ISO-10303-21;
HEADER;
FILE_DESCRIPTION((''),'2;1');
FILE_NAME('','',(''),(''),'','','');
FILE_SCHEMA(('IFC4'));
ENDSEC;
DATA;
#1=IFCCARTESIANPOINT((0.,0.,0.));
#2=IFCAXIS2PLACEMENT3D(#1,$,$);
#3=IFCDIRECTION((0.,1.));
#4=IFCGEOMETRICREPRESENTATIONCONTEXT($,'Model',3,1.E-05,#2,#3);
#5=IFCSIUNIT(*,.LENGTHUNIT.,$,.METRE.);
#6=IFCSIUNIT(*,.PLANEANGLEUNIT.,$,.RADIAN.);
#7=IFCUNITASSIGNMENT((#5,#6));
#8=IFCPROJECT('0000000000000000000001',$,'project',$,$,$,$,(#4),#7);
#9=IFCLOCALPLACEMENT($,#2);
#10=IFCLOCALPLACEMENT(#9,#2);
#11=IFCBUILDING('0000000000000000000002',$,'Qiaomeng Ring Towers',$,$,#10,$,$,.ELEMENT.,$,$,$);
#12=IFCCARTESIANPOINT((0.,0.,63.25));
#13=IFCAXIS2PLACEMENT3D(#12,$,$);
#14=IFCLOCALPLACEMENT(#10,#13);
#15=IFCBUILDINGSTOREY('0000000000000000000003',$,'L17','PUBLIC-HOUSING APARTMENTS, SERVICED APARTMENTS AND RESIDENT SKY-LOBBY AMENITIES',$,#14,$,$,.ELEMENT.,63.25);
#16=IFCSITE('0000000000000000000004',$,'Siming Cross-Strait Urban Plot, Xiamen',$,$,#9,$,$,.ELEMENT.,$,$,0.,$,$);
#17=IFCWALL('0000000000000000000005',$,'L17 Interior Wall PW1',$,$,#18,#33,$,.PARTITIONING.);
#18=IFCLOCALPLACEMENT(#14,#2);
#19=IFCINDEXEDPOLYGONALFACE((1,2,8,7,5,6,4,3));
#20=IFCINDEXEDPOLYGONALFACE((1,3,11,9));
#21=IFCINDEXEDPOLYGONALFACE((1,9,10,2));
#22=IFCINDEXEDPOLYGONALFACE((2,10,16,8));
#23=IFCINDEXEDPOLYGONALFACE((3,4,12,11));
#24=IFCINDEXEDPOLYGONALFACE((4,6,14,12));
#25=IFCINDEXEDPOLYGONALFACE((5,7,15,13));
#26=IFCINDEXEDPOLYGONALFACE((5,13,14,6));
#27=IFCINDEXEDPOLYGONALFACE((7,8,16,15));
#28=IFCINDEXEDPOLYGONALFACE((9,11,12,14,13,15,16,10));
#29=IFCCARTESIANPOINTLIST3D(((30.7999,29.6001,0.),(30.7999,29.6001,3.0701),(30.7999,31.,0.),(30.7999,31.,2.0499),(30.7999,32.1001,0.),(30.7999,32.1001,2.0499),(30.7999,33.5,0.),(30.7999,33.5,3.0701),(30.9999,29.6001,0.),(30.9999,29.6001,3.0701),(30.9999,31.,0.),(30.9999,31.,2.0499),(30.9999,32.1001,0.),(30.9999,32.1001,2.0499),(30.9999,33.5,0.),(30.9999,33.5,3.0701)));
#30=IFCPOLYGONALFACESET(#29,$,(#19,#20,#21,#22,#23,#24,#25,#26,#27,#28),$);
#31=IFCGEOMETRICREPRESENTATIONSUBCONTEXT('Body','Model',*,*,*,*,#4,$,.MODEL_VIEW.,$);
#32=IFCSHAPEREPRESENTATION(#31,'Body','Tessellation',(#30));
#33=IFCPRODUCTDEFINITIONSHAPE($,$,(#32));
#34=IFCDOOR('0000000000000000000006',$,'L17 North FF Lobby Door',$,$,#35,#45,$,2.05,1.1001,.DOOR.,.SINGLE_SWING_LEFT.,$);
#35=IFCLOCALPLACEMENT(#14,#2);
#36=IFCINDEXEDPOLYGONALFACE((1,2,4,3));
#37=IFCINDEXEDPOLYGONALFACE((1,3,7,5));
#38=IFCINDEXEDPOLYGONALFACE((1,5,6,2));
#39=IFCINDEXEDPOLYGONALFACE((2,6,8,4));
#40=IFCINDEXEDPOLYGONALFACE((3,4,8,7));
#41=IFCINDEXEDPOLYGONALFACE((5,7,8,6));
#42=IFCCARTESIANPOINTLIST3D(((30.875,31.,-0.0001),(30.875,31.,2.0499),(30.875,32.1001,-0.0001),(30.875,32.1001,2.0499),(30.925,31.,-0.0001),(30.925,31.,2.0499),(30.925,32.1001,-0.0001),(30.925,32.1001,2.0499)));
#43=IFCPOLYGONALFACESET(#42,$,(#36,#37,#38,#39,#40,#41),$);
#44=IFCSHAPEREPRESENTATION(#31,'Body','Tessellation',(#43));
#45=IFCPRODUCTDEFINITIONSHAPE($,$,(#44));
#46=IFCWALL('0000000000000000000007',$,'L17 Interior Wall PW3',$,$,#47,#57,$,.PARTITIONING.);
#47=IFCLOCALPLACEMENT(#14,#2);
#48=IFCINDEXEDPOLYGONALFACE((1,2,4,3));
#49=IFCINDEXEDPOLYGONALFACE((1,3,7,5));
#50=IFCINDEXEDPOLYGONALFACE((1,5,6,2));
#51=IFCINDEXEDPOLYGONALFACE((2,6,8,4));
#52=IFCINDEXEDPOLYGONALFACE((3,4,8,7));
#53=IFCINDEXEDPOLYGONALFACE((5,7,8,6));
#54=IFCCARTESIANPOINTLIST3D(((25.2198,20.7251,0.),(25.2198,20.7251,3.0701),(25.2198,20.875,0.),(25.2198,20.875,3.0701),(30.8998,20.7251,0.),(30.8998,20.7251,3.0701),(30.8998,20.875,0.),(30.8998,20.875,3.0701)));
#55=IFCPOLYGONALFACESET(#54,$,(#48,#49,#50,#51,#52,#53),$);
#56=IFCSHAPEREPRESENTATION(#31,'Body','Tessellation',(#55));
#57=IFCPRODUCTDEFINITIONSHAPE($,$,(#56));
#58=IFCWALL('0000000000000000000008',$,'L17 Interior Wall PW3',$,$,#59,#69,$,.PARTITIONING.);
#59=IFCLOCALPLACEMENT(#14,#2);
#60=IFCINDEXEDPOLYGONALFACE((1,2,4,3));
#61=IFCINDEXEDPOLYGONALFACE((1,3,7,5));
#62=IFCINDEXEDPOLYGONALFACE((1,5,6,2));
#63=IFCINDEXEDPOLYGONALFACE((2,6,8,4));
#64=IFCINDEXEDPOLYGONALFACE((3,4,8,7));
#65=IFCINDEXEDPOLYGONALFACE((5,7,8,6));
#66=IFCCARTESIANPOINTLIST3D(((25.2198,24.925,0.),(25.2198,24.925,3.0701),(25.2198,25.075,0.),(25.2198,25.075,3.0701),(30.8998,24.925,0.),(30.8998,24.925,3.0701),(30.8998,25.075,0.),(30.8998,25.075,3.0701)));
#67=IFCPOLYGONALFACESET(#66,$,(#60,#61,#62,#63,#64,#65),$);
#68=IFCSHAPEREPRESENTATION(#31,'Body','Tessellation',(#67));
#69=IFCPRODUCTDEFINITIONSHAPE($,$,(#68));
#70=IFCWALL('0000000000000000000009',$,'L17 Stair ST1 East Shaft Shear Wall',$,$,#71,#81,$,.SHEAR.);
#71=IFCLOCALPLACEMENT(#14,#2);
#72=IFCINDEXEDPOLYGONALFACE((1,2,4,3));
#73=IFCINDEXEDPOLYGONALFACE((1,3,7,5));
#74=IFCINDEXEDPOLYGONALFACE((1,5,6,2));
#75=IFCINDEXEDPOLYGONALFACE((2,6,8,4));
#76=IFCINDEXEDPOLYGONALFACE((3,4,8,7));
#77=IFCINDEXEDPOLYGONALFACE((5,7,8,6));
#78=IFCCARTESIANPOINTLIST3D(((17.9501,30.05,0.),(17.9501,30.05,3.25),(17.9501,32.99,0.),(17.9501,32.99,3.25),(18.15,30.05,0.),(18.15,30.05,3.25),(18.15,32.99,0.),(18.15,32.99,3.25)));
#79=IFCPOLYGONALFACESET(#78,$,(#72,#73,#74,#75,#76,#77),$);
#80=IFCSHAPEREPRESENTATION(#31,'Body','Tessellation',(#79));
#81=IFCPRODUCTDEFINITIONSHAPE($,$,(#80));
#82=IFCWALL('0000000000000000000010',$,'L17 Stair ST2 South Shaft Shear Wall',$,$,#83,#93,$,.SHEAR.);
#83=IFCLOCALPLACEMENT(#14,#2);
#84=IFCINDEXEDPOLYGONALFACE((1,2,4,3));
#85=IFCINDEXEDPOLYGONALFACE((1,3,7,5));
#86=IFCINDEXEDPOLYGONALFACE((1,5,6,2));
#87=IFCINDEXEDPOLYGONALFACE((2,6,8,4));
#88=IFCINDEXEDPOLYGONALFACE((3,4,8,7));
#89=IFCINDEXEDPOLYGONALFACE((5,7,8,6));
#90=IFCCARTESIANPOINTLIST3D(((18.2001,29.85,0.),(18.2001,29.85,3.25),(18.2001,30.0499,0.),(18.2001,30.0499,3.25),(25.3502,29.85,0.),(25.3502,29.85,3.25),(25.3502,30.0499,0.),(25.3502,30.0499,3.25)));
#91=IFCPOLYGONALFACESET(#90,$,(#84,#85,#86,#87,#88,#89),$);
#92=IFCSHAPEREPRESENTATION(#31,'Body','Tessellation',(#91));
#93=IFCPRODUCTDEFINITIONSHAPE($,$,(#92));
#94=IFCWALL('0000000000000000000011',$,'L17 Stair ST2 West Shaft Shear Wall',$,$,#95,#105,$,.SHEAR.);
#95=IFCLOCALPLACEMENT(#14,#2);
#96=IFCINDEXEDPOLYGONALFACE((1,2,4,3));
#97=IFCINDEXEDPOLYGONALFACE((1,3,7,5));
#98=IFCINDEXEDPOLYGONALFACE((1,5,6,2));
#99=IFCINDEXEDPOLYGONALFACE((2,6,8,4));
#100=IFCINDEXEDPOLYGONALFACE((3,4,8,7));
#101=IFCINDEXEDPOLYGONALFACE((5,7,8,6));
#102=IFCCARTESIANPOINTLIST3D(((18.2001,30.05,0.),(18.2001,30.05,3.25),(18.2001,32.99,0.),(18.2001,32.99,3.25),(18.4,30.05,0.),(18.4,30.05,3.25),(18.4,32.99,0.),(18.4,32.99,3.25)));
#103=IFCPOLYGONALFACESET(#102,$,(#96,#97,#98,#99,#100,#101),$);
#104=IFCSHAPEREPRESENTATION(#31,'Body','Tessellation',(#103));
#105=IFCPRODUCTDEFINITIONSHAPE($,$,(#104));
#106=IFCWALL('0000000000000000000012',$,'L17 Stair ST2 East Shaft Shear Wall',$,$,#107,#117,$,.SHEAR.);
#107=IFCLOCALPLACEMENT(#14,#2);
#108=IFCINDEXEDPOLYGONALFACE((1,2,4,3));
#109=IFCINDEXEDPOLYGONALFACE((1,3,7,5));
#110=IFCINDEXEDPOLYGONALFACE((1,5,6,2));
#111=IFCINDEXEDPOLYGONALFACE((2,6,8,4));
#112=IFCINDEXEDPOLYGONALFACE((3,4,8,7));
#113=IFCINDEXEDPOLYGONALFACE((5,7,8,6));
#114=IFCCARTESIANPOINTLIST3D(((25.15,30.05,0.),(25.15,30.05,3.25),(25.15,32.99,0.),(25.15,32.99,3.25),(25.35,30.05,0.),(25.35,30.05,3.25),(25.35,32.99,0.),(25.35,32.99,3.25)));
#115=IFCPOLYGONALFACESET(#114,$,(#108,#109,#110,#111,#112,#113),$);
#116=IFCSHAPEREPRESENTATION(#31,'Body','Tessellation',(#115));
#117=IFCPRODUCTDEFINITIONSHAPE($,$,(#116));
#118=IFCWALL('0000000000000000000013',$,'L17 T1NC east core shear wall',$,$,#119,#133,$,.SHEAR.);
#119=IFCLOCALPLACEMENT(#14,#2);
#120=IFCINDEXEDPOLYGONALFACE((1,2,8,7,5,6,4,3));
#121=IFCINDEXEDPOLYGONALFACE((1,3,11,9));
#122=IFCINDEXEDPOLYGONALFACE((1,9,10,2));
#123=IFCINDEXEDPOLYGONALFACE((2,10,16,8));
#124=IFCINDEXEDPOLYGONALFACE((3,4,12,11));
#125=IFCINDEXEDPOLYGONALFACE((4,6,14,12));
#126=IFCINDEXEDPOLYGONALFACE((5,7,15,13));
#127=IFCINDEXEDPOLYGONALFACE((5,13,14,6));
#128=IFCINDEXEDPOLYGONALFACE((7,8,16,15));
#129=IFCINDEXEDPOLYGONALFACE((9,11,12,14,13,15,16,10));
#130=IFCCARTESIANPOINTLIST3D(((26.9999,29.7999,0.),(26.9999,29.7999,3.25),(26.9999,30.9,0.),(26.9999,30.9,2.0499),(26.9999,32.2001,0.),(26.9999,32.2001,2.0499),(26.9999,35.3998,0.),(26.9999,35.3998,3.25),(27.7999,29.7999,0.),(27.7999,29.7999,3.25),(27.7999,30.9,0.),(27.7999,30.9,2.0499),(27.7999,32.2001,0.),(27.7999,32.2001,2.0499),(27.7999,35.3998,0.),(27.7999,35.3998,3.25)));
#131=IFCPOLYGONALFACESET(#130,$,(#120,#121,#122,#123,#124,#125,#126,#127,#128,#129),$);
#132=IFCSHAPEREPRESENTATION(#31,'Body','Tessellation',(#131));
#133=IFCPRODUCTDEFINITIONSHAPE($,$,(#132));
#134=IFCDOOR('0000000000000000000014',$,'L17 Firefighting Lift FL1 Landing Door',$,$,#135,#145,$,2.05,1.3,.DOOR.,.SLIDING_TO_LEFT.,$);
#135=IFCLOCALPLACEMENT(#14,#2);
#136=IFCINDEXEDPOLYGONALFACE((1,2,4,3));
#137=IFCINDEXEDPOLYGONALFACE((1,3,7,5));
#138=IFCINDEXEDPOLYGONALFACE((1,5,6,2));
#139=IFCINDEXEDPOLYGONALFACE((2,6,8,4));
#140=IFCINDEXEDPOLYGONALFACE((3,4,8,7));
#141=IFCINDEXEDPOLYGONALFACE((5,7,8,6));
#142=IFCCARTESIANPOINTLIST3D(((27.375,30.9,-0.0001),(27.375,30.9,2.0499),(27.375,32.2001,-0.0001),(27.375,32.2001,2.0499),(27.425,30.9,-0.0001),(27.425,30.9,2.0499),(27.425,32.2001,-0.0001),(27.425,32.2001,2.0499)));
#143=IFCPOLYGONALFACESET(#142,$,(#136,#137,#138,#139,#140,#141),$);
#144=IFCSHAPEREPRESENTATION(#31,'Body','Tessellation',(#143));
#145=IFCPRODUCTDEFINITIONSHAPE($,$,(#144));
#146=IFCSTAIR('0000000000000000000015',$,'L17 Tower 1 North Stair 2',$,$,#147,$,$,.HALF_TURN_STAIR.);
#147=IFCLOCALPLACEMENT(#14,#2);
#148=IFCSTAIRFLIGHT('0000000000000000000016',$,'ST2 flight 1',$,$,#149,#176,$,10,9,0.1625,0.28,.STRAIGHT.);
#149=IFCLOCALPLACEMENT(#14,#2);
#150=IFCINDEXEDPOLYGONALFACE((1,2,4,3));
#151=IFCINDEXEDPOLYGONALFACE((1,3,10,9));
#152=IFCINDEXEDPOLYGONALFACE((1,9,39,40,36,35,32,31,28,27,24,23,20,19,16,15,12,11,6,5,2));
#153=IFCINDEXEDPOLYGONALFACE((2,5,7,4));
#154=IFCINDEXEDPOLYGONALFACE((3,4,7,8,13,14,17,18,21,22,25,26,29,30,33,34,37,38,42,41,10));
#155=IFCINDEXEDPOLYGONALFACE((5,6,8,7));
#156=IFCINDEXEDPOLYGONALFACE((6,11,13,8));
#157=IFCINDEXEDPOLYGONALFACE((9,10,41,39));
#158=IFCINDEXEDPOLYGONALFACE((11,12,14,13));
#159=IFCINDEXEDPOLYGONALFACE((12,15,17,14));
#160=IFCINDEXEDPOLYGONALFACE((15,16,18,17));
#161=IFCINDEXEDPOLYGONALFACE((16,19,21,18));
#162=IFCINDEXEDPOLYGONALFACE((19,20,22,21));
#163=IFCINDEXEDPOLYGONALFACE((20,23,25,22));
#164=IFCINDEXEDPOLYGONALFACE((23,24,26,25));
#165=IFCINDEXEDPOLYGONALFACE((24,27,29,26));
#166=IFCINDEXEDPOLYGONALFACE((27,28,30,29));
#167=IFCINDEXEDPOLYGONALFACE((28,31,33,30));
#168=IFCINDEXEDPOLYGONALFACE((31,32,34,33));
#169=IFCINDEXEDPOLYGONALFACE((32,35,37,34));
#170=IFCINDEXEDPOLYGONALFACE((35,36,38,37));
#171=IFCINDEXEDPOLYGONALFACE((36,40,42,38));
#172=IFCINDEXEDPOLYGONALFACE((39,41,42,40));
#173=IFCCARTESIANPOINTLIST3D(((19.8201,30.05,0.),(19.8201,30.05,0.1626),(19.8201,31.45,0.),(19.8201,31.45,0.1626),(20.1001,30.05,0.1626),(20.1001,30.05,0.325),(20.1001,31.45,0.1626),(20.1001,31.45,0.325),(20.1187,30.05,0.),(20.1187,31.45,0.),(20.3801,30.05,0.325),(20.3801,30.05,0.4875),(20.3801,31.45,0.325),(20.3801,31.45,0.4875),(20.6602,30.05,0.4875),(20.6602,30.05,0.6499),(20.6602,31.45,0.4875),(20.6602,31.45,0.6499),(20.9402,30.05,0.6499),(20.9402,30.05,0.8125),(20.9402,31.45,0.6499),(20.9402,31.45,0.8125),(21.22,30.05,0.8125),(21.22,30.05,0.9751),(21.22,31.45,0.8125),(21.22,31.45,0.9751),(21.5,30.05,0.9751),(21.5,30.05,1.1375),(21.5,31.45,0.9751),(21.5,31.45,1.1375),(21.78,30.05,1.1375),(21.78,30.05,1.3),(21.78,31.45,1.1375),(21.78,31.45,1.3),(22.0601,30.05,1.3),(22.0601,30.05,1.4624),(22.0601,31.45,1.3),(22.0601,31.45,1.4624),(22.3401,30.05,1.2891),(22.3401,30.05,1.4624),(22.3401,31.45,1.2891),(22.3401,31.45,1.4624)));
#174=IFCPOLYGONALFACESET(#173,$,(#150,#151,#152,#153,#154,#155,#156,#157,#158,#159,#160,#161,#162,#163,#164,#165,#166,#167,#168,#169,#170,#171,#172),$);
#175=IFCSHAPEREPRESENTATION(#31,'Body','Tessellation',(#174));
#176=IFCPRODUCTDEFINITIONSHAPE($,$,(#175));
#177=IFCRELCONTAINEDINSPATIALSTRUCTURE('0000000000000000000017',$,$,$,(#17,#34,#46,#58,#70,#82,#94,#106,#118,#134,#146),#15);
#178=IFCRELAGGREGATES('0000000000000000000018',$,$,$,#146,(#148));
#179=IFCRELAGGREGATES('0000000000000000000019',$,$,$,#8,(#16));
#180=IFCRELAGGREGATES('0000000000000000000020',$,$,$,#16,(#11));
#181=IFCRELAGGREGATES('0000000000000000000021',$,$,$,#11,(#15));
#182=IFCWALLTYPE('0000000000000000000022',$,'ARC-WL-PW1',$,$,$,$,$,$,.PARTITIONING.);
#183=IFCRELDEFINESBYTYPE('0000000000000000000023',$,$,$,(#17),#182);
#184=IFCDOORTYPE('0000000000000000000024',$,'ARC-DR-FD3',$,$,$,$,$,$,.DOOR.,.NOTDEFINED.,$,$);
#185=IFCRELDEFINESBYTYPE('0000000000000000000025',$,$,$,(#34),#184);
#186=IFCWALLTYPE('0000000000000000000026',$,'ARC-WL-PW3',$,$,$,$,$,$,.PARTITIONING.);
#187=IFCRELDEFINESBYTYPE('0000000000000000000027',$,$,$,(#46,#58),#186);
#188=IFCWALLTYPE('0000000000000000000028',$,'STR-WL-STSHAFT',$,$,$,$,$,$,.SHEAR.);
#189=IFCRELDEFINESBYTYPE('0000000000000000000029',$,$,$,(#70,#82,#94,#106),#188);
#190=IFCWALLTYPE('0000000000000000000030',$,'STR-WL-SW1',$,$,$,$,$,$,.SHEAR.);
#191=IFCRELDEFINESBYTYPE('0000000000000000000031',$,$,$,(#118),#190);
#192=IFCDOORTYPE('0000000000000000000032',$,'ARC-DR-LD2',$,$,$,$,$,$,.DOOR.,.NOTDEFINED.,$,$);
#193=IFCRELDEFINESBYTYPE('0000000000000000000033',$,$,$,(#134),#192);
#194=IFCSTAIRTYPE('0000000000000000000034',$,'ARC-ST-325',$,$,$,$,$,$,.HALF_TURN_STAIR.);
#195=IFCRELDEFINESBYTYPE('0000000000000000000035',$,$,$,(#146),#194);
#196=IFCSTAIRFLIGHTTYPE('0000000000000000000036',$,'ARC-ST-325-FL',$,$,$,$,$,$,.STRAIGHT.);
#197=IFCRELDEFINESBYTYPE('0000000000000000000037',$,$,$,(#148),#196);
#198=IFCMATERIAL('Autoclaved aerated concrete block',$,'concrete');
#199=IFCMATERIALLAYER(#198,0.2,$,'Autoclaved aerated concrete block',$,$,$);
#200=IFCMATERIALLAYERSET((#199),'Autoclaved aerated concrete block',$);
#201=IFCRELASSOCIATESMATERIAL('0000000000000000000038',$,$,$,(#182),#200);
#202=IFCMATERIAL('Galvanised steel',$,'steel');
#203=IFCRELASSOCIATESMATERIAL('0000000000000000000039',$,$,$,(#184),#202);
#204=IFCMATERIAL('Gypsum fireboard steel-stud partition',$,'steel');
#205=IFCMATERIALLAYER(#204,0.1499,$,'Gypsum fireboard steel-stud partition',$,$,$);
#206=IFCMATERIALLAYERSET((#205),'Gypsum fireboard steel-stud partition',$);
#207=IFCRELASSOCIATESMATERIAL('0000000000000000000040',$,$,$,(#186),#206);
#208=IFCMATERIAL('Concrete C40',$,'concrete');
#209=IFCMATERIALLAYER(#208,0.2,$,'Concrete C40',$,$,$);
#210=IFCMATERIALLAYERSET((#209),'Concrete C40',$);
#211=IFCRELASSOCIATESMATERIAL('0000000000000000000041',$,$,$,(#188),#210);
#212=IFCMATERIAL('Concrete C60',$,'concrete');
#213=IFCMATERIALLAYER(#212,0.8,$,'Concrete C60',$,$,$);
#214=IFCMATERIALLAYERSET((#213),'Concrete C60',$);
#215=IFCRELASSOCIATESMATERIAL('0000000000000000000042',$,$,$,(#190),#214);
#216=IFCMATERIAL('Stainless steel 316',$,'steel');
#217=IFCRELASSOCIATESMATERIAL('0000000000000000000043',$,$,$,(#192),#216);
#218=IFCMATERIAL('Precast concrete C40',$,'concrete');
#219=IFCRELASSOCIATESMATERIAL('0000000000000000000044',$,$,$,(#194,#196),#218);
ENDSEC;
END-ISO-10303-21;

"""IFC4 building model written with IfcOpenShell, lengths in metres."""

from ifc_helpers import new_model, si_unit, direction, frame, frame_2d, origin, place, context, subcontext, project, spatial, polyline, rectangle, outline, extrude, source, transform, mapped, material, layer, layer_set, type_object, element, fill, aggregate, save


model = new_model("IFC4")

# Units and contexts
model_context = context("Model", 3, precision=1e-05, world=origin(), true_north=direction((0.0, 1.0)))
body_context = subcontext(model_context, "Body", "Model", "MODEL_VIEW")
ifc_project = project(units=[si_unit("LENGTHUNIT", "METRE"), si_unit("PLANEANGLEUNIT", "RADIAN")], contexts=[model_context])

# Site, building, storey
site_placement = place(None, origin())
site = spatial("IfcSite", under=ifc_project, at=site_placement, Name="Siming Cross-Strait Urban Plot, Xiamen", CompositionType="ELEMENT", RefElevation=0.0)
building_placement = place(site_placement, origin())
building = spatial("IfcBuilding", under=site, at=building_placement, Name="Qiaomeng Ring Towers", CompositionType="ELEMENT")
storey_placement = place(building_placement, frame((0.0, 0.0, 63.25)))
storey = spatial("IfcBuildingStorey", under=building, at=storey_placement, Name="L17", Description="PUBLIC-HOUSING APARTMENTS, SERVICED APARTMENTS AND RESIDENT SKY-LOBBY AMENITIES", CompositionType="ELEMENT", Elevation=63.25)

# Shared definitions
ifc_material_1 = material(Name="Autoclaved aerated concrete block", Category="concrete")
ifc_layer_1 = layer(ifc_material_1, 0.2, Name="Autoclaved aerated concrete block")
ifc_layer_set_1 = layer_set([ifc_layer_1], Name="Autoclaved aerated concrete block")
wall_type_1 = type_object("IfcWallType", Name="ARC-WL-PW1", PredefinedType="PARTITIONING", material=ifc_layer_set_1)

# Wall, opening, door
wall_1_placement = place(storey_placement, frame((30.8999, 29.6001, 0.0), z_axis=(0.0, 0.0, 1.0), x_axis=(0.0, 1.0, 0.0)))
wall_1 = element("IfcWall", 1, at=wall_1_placement, inside=storey, type_object=wall_type_1, Name="L17 Interior Wall PW1", PredefinedType="PARTITIONING", context=body_context, shape_type="SweptSolid", body=[
    extrude(rectangle(XDim=3.8999, YDim=0.2, at=frame_2d((1.95, 0.0))), origin(), (0.0, 0.0, 1.0), 3.0701),
])
opening_1_placement = place(wall_1_placement, frame((1.3999, 0.0, 0.0)))
opening_1 = element("IfcOpeningElement", 2, at=opening_1_placement, cuts=wall_1, PredefinedType="OPENING", context=body_context, shape_type="SweptSolid", body=[
    extrude(rectangle(XDim=1.1001, YDim=2.05, at=frame_2d((0.55, 1.0249))), frame((0.0, 0.1099, 0.0), z_axis=(0.0, -1.0, 0.0), x_axis=(1.0, 0.0, 0.0)), (0.0, 0.0, 1.0), 0.22),
])
ifc_material_2 = material(Name="Galvanised steel", Category="steel")
door_type_1 = type_object("IfcDoorType", Name="ARC-DR-FD3", OperationType="NOTDEFINED", PredefinedType="DOOR", material=ifc_material_2)
shared_shape_1 = source(origin(), body_context, "Body", "SweptSolid", [
    extrude(rectangle(XDim=1.1001, YDim=2.05, at=frame_2d((0.55, 1.0249))), frame((0.0, 0.0249, 0.0), z_axis=(0.0, -1.0, 0.0), x_axis=(1.0, 0.0, 0.0)), (0.0, 0.0, 1.0), 0.05),
])
door_1_placement = place(opening_1_placement, origin())
door_1 = element("IfcDoor", 3, at=door_1_placement, inside=storey, type_object=door_type_1, Name="L17 North FF Lobby Door", OperationType="SINGLE_SWING_LEFT", OverallHeight=2.05, OverallWidth=1.1001, PredefinedType="DOOR", context=body_context, shape_type="MappedRepresentation", body=[
    mapped(shared_shape_1, transform((0.0, 0.0, 0.0), x_axis=(1.0, 0.0, 0.0), y_axis=(0.0, 1.0, 0.0), z_axis=(0.0, 0.0, 1.0), scale=1.0)),
])
fill(opening_1, door_1)

# Walls
ifc_material_3 = material(Name="Gypsum fireboard steel-stud partition", Category="steel")
ifc_layer_2 = layer(ifc_material_3, 0.1499, Name="Gypsum fireboard steel-stud partition")
ifc_layer_set_2 = layer_set([ifc_layer_2], Name="Gypsum fireboard steel-stud partition")
wall_type_2 = type_object("IfcWallType", Name="ARC-WL-PW3", PredefinedType="PARTITIONING", material=ifc_layer_set_2)
for number, where, z_axis, x_axis, name in (
    (4, (25.22, 20.8, 0.0), (0.0, 0.0, 1.0), (1.0, 0.0, 0.0), "L17 Interior Wall PW3"),
    (5, (25.22, 25.0, 0.0), (0.0, 0.0, 1.0), (1.0, 0.0, 0.0), "L17 Interior Wall PW3"),
):
    element("IfcWall", number, at=place(storey_placement, frame(where, z_axis=z_axis, x_axis=x_axis)), inside=storey, type_object=wall_type_2, Name=name, PredefinedType="PARTITIONING", context=body_context, shape_type="SweptSolid", body=[
        extrude(rectangle(XDim=5.6799, YDim=0.1499, at=frame_2d((2.8398, 0.0))), origin(), (0.0, 0.0, 1.0), 3.0701),
    ])
ifc_material_4 = material(Name="Concrete C40", Category="concrete")
ifc_layer_3 = layer(ifc_material_4, 0.2, Name="Concrete C40")
ifc_layer_set_3 = layer_set([ifc_layer_3], Name="Concrete C40")
wall_type_3 = type_object("IfcWallType", Name="STR-WL-STSHAFT", PredefinedType="SHEAR", material=ifc_layer_set_3)
wall_2_placement = place(storey_placement, frame((18.05, 30.05, 0.0), z_axis=(0.0, 0.0, 1.0), x_axis=(0.0, 1.0, 0.0)))
element("IfcWall", 6, at=wall_2_placement, inside=storey, type_object=wall_type_3, Name="L17 Stair ST1 East Shaft Shear Wall", PredefinedType="SHEAR", context=body_context, shape_type="SweptSolid", body=[
    extrude(rectangle(XDim=2.9399, YDim=0.2, at=frame_2d((1.47, 0.0))), origin(), (0.0, 0.0, 1.0), 3.25),
])
wall_3_placement = place(storey_placement, frame((18.2, 29.95, 0.0), z_axis=(0.0, 0.0, 1.0), x_axis=(1.0, 0.0, 0.0)))
element("IfcWall", 7, at=wall_3_placement, inside=storey, type_object=wall_type_3, Name="L17 Stair ST2 South Shaft Shear Wall", PredefinedType="SHEAR", context=body_context, shape_type="SweptSolid", body=[
    extrude(rectangle(XDim=7.1501, YDim=0.2, at=frame_2d((3.5752, 0.0))), origin(), (0.0, 0.0, 1.0), 3.25),
])
for number, where, z_axis, x_axis, name in (
    (8, (18.3, 30.05, 0.0), (0.0, 0.0, 1.0), (0.0, 1.0, 0.0), "L17 Stair ST2 West Shaft Shear Wall"),
    (9, (25.25, 30.05, 0.0), (0.0, 0.0, 1.0), (0.0, 1.0, 0.0), "L17 Stair ST2 East Shaft Shear Wall"),
):
    element("IfcWall", number, at=place(storey_placement, frame(where, z_axis=z_axis, x_axis=x_axis)), inside=storey, type_object=wall_type_3, Name=name, PredefinedType="SHEAR", context=body_context, shape_type="SweptSolid", body=[
        extrude(rectangle(XDim=2.9399, YDim=0.2, at=frame_2d((1.47, 0.0))), origin(), (0.0, 0.0, 1.0), 3.25),
    ])

# Wall, opening, door
ifc_material_5 = material(Name="Concrete C60", Category="concrete")
ifc_layer_4 = layer(ifc_material_5, 0.8, Name="Concrete C60")
ifc_layer_set_4 = layer_set([ifc_layer_4], Name="Concrete C60")
wall_type_4 = type_object("IfcWallType", Name="STR-WL-SW1", PredefinedType="SHEAR", material=ifc_layer_set_4)
wall_4_placement = place(storey_placement, frame((27.3999, 29.8, 0.0), z_axis=(0.0, 0.0, 1.0), x_axis=(0.0, 1.0, 0.0)))
wall_4 = element("IfcWall", 10, at=wall_4_placement, inside=storey, type_object=wall_type_4, Name="L17 T1NC east core shear wall", PredefinedType="SHEAR", context=body_context, shape_type="SweptSolid", body=[
    extrude(rectangle(XDim=5.5999, YDim=0.8, at=frame_2d((2.7998, 0.0))), origin(), (0.0, 0.0, 1.0), 3.25),
])
opening_2_placement = place(wall_4_placement, frame((1.1001, 0.0, 0.0)))
opening_2 = element("IfcOpeningElement", 11, at=opening_2_placement, cuts=wall_4, PredefinedType="OPENING", context=body_context, shape_type="SweptSolid", body=[
    extrude(rectangle(XDim=1.3, YDim=2.05, at=frame_2d((0.6499, 1.0249))), frame((0.0, 0.4099, 0.0), z_axis=(0.0, -1.0, 0.0), x_axis=(1.0, 0.0, 0.0)), (0.0, 0.0, 1.0), 0.8201),
])
ifc_material_6 = material(Name="Stainless steel 316", Category="steel")
door_type_2 = type_object("IfcDoorType", Name="ARC-DR-LD2", OperationType="NOTDEFINED", PredefinedType="DOOR", material=ifc_material_6)
shared_shape_2 = source(origin(), body_context, "Body", "SweptSolid", [
    extrude(rectangle(XDim=1.3, YDim=2.05, at=frame_2d((0.6499, 1.0249))), frame((0.0, 0.0249, 0.0), z_axis=(0.0, -1.0, 0.0), x_axis=(1.0, 0.0, 0.0)), (0.0, 0.0, 1.0), 0.05),
])
door_2_placement = place(opening_2_placement, origin())
door_2 = element("IfcDoor", 12, at=door_2_placement, inside=storey, type_object=door_type_2, Name="L17 Firefighting Lift FL1 Landing Door", OperationType="SLIDING_TO_LEFT", OverallHeight=2.05, OverallWidth=1.3, PredefinedType="DOOR", context=body_context, shape_type="MappedRepresentation", body=[
    mapped(shared_shape_2, transform((0.0, 0.0, 0.0), x_axis=(1.0, 0.0, 0.0), y_axis=(0.0, 1.0, 0.0), z_axis=(0.0, 0.0, 1.0), scale=1.0)),
])
fill(opening_2, door_2)

# Stair, stair flight
ifc_material_7 = material(Name="Precast concrete C40", Category="concrete")
stair_type = type_object("IfcStairType", Name="ARC-ST-325", PredefinedType="HALF_TURN_STAIR", material=ifc_material_7)
stair_placement = place(storey_placement, origin())
stair = element("IfcStair", 13, at=stair_placement, inside=storey, type_object=stair_type, Name="L17 Tower 1 North Stair 2", PredefinedType="HALF_TURN_STAIR")
stair_flight_type = type_object("IfcStairFlightType", Name="ARC-ST-325-FL", PredefinedType="STRAIGHT", material=ifc_material_7)
shared_shape_3 = source(origin(), body_context, "Body", "SweptSolid", [
    extrude(outline(polyline([(0.0, 0.0), (0.0, 0.1626), (0.28, 0.1626), (0.28, 0.325), (0.5601, 0.325), (0.5601, 0.4875), (0.8401, 0.4875), (0.8401, 0.6499), (1.1201, 0.6499), (1.1201, 0.8125), (1.3999, 0.8125), (1.3999, 0.9751), (1.6799, 0.9751), (1.6799, 1.1375), (1.96, 1.1375), (1.96, 1.3), (2.24, 1.3), (2.24, 1.4624), (2.52, 1.4624), (2.52, 1.625), (2.52, 1.2891), (0.2986, 0.0), (0.0, 0.0)])), frame((0.0, 0.7, 0.0), z_axis=(0.0, -1.0, 0.0), x_axis=(1.0, 0.0, 0.0)), (0.0, 0.0, 1.0), 1.3999),
])
stair_flight_placement = place(storey_placement, frame((19.8201, 30.75, 0.0), z_axis=(0.0, 0.0, 1.0), x_axis=(1.0, 0.0, 0.0)))
stair_flight = element("IfcStairFlight", 14, at=stair_flight_placement, type_object=stair_flight_type, Name="ST2 flight 1", NumberOfRisers=10, NumberOfTreads=9, PredefinedType="STRAIGHT", RiserHeight=0.1625, TreadLength=0.28, context=body_context, shape_type="MappedRepresentation", body=[
    mapped(shared_shape_3, transform((0.0, 0.0, 0.0), x_axis=(1.0, 0.0, 0.0), y_axis=(0.0, 1.0, 0.0), z_axis=(0.0, 0.0, 1.0), scale=1.0)),
])
aggregate(stair, [stair_flight])

save(model, "model.ifc")
